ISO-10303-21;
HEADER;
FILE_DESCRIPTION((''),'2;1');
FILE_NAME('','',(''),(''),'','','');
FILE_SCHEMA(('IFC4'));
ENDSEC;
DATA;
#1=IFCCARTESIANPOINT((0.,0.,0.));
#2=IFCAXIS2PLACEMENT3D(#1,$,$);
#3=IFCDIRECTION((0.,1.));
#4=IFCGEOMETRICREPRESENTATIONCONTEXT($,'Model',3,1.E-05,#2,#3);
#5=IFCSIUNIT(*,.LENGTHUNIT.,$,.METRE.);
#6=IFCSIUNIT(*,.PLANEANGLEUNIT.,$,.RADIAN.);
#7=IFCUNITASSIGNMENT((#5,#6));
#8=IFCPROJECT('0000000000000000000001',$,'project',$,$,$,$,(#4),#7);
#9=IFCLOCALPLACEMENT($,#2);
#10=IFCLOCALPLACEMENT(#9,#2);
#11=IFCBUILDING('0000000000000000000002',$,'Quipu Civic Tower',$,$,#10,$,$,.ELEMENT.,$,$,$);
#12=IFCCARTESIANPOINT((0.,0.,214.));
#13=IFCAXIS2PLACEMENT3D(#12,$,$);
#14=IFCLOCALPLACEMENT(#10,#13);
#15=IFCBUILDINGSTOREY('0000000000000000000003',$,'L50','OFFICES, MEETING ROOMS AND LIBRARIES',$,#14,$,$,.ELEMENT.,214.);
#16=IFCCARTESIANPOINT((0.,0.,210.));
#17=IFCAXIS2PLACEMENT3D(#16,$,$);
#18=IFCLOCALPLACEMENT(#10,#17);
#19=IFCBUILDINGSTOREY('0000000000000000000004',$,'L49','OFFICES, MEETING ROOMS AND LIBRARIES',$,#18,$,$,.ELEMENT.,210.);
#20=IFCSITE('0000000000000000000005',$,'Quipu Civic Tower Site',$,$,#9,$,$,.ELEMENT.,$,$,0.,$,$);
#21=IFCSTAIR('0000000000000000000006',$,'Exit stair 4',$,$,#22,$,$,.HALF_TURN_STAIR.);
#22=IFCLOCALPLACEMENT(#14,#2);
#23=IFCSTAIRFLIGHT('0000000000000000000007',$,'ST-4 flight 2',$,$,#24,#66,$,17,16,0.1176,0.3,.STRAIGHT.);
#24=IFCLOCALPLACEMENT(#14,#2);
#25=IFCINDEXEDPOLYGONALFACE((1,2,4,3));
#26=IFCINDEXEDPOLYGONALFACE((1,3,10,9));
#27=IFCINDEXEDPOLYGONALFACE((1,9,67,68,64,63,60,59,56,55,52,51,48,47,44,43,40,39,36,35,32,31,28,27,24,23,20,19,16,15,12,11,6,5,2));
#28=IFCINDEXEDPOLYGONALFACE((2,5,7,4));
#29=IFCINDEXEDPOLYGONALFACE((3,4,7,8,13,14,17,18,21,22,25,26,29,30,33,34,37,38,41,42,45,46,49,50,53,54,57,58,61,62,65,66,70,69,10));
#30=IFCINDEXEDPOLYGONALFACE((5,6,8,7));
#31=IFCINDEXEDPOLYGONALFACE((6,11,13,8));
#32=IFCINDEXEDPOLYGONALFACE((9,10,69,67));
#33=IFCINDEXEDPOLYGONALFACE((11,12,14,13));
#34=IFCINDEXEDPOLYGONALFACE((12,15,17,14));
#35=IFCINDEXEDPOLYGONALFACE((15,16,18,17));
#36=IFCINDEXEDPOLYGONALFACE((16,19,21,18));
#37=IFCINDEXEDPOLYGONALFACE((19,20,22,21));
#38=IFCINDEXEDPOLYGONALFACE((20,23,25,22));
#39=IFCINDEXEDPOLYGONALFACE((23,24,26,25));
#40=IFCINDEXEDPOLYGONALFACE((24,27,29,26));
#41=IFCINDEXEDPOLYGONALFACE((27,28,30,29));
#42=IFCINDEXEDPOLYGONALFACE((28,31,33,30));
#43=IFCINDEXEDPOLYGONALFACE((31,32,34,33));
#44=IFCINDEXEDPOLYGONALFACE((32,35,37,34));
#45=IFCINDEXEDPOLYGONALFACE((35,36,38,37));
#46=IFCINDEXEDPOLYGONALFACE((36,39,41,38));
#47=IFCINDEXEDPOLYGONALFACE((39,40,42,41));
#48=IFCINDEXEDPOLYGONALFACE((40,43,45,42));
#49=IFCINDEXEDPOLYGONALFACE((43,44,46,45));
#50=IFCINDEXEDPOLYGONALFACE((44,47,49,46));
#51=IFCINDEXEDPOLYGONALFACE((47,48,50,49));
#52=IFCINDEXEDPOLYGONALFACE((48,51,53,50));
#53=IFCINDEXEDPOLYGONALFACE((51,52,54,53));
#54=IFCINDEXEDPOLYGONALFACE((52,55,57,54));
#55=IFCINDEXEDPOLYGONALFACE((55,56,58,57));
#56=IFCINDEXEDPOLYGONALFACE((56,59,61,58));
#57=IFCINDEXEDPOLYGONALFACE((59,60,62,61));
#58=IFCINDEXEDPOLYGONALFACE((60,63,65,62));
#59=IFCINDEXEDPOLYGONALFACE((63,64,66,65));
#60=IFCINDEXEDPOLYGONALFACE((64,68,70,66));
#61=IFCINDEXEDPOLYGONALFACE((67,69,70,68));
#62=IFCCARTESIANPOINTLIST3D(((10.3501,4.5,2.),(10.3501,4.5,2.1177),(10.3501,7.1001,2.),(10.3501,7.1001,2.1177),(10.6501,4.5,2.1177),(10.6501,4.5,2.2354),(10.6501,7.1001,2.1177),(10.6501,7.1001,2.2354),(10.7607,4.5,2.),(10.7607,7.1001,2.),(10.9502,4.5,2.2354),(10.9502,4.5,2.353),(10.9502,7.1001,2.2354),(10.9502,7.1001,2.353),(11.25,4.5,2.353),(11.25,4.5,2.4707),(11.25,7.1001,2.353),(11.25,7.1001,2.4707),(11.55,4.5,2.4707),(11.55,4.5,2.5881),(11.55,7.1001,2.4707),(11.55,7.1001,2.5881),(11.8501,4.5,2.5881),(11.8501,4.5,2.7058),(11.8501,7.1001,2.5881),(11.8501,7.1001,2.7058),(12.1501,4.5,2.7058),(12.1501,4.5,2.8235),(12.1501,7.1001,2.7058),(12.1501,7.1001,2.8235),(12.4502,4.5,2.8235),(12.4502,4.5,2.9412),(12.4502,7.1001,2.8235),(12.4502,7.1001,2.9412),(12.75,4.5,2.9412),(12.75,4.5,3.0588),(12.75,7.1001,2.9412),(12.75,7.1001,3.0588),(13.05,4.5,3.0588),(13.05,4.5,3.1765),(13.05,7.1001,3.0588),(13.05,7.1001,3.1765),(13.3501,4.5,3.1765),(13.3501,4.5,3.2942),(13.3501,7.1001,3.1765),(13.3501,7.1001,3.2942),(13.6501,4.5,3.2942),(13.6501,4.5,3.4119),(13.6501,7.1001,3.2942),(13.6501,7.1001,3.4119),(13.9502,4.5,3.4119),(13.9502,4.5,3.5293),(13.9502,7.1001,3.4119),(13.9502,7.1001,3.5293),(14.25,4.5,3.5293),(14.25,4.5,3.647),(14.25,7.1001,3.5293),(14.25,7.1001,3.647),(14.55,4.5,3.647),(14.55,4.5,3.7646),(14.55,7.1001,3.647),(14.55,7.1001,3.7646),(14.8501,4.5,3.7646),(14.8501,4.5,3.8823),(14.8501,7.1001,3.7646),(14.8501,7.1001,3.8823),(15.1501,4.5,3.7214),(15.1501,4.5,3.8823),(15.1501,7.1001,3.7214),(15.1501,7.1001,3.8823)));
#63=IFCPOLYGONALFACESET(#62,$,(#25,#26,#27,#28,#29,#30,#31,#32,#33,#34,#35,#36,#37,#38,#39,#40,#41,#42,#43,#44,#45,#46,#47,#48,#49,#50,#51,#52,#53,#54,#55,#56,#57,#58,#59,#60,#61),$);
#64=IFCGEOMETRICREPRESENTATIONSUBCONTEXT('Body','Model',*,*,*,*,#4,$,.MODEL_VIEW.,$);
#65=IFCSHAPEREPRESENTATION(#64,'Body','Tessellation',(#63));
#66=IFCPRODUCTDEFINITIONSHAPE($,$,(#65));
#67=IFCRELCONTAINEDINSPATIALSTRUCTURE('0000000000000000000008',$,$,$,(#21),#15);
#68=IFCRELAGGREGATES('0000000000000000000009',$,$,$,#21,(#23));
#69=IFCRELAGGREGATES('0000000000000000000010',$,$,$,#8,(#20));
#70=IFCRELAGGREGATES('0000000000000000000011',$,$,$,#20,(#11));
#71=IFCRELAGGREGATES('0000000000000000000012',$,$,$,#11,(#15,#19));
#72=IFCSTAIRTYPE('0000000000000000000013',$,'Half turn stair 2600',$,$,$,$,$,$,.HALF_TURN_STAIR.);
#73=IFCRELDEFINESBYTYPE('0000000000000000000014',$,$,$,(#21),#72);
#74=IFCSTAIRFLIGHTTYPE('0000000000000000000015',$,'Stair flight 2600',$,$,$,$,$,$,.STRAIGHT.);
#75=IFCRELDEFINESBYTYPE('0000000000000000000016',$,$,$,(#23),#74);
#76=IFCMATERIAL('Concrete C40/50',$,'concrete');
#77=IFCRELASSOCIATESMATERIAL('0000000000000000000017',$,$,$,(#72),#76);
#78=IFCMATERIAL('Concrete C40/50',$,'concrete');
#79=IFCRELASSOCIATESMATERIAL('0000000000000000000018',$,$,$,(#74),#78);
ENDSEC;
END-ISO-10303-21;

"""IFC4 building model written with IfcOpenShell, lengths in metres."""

from ifc_helpers import new_model, si_unit, direction, frame, origin, place, context, subcontext, project, spatial, polyline, outline, extrude, material, type_object, element, aggregate, save


model = new_model("IFC4")

# Units and contexts
model_context = context("Model", 3, precision=1e-05, world=origin(), true_north=direction((0.0, 1.0)))
body_context = subcontext(model_context, "Body", "Model", "MODEL_VIEW")
ifc_project = project(units=[si_unit("LENGTHUNIT", "METRE"), si_unit("PLANEANGLEUNIT", "RADIAN")], contexts=[model_context])

# Site, building, storey
site_placement = place(None, origin())
site = spatial("IfcSite", under=ifc_project, at=site_placement, Name="Quipu Civic Tower Site", CompositionType="ELEMENT", RefElevation=0.0)
building_placement = place(site_placement, origin())
building = spatial("IfcBuilding", under=site, at=building_placement, Name="Quipu Civic Tower", CompositionType="ELEMENT")
storey_1_placement = place(building_placement, frame((0.0, 0.0, 214.0)))
storey_1 = spatial("IfcBuildingStorey", under=building, at=storey_1_placement, Name="L50", Description="OFFICES, MEETING ROOMS AND LIBRARIES", CompositionType="ELEMENT", Elevation=214.0)

# Shared definitions
storey_2_placement = place(building_placement, frame((0.0, 0.0, 210.0)))
storey_2 = spatial("IfcBuildingStorey", under=building, at=storey_2_placement, Name="L49", Description="OFFICES, MEETING ROOMS AND LIBRARIES", CompositionType="ELEMENT", Elevation=210.0)

# Stair, stair flight
ifc_material_1 = material(Name="Concrete C40/50", Category="concrete")
stair_type = type_object("IfcStairType", Name="Half turn stair 2600", PredefinedType="HALF_TURN_STAIR", material=ifc_material_1)
stair_placement = place(storey_1_placement, origin())
stair = element("IfcStair", 1, at=stair_placement, inside=storey_1, type_object=stair_type, Name="Exit stair 4", PredefinedType="HALF_TURN_STAIR")
ifc_material_2 = material(Name="Concrete C40/50", Category="concrete")
stair_flight_type = type_object("IfcStairFlightType", Name="Stair flight 2600", PredefinedType="STRAIGHT", material=ifc_material_2)
stair_flight_1_placement = place(storey_1_placement, frame((10.3501, 5.8, 2.0), z_axis=(0.0, 0.0, 1.0), x_axis=(1.0, 0.0, 0.0)))
stair_flight_1 = element("IfcStairFlight", 2, at=stair_flight_1_placement, type_object=stair_flight_type, Name="ST-4 flight 2", NumberOfRisers=17, NumberOfTreads=16, PredefinedType="STRAIGHT", RiserHeight=0.1176, TreadLength=0.3, context=body_context, shape_type="SweptSolid", body=[
    extrude(outline(polyline([(0.0, 0.0), (0.0, 0.1177), (0.3, 0.1177), (0.3, 0.2354), (0.6001, 0.2354), (0.6001, 0.353), (0.8999, 0.353), (0.8999, 0.4707), (1.2, 0.4707), (1.2, 0.5881), (1.5, 0.5881), (1.5, 0.7058), (1.8, 0.7058), (1.8, 0.8235), (2.1001, 0.8235), (2.1001, 0.9412), (2.3999, 0.9412), (2.3999, 1.0588), (2.7, 1.0588), (2.7, 1.1765), (3.0, 1.1765), (3.0, 1.2942), (3.3, 1.2942), (3.3, 1.4119), (3.6001, 1.4119), (3.6001, 1.5293), (3.8999, 1.5293), (3.8999, 1.647), (4.2, 1.647), (4.2, 1.7646), (4.5, 1.7646), (4.5, 1.8823), (4.8, 1.8823), (4.8, 2.0), (4.8, 1.7214), (0.4106, 0.0), (0.0, 0.0)])), frame((0.0, 1.3, 0.0), z_axis=(0.0, -1.0, 0.0), x_axis=(1.0, 0.0, 0.0)), (0.0, 0.0, 1.0), 2.6001),
])
aggregate(stair, [stair_flight_1])

save(model, "model.ifc")
